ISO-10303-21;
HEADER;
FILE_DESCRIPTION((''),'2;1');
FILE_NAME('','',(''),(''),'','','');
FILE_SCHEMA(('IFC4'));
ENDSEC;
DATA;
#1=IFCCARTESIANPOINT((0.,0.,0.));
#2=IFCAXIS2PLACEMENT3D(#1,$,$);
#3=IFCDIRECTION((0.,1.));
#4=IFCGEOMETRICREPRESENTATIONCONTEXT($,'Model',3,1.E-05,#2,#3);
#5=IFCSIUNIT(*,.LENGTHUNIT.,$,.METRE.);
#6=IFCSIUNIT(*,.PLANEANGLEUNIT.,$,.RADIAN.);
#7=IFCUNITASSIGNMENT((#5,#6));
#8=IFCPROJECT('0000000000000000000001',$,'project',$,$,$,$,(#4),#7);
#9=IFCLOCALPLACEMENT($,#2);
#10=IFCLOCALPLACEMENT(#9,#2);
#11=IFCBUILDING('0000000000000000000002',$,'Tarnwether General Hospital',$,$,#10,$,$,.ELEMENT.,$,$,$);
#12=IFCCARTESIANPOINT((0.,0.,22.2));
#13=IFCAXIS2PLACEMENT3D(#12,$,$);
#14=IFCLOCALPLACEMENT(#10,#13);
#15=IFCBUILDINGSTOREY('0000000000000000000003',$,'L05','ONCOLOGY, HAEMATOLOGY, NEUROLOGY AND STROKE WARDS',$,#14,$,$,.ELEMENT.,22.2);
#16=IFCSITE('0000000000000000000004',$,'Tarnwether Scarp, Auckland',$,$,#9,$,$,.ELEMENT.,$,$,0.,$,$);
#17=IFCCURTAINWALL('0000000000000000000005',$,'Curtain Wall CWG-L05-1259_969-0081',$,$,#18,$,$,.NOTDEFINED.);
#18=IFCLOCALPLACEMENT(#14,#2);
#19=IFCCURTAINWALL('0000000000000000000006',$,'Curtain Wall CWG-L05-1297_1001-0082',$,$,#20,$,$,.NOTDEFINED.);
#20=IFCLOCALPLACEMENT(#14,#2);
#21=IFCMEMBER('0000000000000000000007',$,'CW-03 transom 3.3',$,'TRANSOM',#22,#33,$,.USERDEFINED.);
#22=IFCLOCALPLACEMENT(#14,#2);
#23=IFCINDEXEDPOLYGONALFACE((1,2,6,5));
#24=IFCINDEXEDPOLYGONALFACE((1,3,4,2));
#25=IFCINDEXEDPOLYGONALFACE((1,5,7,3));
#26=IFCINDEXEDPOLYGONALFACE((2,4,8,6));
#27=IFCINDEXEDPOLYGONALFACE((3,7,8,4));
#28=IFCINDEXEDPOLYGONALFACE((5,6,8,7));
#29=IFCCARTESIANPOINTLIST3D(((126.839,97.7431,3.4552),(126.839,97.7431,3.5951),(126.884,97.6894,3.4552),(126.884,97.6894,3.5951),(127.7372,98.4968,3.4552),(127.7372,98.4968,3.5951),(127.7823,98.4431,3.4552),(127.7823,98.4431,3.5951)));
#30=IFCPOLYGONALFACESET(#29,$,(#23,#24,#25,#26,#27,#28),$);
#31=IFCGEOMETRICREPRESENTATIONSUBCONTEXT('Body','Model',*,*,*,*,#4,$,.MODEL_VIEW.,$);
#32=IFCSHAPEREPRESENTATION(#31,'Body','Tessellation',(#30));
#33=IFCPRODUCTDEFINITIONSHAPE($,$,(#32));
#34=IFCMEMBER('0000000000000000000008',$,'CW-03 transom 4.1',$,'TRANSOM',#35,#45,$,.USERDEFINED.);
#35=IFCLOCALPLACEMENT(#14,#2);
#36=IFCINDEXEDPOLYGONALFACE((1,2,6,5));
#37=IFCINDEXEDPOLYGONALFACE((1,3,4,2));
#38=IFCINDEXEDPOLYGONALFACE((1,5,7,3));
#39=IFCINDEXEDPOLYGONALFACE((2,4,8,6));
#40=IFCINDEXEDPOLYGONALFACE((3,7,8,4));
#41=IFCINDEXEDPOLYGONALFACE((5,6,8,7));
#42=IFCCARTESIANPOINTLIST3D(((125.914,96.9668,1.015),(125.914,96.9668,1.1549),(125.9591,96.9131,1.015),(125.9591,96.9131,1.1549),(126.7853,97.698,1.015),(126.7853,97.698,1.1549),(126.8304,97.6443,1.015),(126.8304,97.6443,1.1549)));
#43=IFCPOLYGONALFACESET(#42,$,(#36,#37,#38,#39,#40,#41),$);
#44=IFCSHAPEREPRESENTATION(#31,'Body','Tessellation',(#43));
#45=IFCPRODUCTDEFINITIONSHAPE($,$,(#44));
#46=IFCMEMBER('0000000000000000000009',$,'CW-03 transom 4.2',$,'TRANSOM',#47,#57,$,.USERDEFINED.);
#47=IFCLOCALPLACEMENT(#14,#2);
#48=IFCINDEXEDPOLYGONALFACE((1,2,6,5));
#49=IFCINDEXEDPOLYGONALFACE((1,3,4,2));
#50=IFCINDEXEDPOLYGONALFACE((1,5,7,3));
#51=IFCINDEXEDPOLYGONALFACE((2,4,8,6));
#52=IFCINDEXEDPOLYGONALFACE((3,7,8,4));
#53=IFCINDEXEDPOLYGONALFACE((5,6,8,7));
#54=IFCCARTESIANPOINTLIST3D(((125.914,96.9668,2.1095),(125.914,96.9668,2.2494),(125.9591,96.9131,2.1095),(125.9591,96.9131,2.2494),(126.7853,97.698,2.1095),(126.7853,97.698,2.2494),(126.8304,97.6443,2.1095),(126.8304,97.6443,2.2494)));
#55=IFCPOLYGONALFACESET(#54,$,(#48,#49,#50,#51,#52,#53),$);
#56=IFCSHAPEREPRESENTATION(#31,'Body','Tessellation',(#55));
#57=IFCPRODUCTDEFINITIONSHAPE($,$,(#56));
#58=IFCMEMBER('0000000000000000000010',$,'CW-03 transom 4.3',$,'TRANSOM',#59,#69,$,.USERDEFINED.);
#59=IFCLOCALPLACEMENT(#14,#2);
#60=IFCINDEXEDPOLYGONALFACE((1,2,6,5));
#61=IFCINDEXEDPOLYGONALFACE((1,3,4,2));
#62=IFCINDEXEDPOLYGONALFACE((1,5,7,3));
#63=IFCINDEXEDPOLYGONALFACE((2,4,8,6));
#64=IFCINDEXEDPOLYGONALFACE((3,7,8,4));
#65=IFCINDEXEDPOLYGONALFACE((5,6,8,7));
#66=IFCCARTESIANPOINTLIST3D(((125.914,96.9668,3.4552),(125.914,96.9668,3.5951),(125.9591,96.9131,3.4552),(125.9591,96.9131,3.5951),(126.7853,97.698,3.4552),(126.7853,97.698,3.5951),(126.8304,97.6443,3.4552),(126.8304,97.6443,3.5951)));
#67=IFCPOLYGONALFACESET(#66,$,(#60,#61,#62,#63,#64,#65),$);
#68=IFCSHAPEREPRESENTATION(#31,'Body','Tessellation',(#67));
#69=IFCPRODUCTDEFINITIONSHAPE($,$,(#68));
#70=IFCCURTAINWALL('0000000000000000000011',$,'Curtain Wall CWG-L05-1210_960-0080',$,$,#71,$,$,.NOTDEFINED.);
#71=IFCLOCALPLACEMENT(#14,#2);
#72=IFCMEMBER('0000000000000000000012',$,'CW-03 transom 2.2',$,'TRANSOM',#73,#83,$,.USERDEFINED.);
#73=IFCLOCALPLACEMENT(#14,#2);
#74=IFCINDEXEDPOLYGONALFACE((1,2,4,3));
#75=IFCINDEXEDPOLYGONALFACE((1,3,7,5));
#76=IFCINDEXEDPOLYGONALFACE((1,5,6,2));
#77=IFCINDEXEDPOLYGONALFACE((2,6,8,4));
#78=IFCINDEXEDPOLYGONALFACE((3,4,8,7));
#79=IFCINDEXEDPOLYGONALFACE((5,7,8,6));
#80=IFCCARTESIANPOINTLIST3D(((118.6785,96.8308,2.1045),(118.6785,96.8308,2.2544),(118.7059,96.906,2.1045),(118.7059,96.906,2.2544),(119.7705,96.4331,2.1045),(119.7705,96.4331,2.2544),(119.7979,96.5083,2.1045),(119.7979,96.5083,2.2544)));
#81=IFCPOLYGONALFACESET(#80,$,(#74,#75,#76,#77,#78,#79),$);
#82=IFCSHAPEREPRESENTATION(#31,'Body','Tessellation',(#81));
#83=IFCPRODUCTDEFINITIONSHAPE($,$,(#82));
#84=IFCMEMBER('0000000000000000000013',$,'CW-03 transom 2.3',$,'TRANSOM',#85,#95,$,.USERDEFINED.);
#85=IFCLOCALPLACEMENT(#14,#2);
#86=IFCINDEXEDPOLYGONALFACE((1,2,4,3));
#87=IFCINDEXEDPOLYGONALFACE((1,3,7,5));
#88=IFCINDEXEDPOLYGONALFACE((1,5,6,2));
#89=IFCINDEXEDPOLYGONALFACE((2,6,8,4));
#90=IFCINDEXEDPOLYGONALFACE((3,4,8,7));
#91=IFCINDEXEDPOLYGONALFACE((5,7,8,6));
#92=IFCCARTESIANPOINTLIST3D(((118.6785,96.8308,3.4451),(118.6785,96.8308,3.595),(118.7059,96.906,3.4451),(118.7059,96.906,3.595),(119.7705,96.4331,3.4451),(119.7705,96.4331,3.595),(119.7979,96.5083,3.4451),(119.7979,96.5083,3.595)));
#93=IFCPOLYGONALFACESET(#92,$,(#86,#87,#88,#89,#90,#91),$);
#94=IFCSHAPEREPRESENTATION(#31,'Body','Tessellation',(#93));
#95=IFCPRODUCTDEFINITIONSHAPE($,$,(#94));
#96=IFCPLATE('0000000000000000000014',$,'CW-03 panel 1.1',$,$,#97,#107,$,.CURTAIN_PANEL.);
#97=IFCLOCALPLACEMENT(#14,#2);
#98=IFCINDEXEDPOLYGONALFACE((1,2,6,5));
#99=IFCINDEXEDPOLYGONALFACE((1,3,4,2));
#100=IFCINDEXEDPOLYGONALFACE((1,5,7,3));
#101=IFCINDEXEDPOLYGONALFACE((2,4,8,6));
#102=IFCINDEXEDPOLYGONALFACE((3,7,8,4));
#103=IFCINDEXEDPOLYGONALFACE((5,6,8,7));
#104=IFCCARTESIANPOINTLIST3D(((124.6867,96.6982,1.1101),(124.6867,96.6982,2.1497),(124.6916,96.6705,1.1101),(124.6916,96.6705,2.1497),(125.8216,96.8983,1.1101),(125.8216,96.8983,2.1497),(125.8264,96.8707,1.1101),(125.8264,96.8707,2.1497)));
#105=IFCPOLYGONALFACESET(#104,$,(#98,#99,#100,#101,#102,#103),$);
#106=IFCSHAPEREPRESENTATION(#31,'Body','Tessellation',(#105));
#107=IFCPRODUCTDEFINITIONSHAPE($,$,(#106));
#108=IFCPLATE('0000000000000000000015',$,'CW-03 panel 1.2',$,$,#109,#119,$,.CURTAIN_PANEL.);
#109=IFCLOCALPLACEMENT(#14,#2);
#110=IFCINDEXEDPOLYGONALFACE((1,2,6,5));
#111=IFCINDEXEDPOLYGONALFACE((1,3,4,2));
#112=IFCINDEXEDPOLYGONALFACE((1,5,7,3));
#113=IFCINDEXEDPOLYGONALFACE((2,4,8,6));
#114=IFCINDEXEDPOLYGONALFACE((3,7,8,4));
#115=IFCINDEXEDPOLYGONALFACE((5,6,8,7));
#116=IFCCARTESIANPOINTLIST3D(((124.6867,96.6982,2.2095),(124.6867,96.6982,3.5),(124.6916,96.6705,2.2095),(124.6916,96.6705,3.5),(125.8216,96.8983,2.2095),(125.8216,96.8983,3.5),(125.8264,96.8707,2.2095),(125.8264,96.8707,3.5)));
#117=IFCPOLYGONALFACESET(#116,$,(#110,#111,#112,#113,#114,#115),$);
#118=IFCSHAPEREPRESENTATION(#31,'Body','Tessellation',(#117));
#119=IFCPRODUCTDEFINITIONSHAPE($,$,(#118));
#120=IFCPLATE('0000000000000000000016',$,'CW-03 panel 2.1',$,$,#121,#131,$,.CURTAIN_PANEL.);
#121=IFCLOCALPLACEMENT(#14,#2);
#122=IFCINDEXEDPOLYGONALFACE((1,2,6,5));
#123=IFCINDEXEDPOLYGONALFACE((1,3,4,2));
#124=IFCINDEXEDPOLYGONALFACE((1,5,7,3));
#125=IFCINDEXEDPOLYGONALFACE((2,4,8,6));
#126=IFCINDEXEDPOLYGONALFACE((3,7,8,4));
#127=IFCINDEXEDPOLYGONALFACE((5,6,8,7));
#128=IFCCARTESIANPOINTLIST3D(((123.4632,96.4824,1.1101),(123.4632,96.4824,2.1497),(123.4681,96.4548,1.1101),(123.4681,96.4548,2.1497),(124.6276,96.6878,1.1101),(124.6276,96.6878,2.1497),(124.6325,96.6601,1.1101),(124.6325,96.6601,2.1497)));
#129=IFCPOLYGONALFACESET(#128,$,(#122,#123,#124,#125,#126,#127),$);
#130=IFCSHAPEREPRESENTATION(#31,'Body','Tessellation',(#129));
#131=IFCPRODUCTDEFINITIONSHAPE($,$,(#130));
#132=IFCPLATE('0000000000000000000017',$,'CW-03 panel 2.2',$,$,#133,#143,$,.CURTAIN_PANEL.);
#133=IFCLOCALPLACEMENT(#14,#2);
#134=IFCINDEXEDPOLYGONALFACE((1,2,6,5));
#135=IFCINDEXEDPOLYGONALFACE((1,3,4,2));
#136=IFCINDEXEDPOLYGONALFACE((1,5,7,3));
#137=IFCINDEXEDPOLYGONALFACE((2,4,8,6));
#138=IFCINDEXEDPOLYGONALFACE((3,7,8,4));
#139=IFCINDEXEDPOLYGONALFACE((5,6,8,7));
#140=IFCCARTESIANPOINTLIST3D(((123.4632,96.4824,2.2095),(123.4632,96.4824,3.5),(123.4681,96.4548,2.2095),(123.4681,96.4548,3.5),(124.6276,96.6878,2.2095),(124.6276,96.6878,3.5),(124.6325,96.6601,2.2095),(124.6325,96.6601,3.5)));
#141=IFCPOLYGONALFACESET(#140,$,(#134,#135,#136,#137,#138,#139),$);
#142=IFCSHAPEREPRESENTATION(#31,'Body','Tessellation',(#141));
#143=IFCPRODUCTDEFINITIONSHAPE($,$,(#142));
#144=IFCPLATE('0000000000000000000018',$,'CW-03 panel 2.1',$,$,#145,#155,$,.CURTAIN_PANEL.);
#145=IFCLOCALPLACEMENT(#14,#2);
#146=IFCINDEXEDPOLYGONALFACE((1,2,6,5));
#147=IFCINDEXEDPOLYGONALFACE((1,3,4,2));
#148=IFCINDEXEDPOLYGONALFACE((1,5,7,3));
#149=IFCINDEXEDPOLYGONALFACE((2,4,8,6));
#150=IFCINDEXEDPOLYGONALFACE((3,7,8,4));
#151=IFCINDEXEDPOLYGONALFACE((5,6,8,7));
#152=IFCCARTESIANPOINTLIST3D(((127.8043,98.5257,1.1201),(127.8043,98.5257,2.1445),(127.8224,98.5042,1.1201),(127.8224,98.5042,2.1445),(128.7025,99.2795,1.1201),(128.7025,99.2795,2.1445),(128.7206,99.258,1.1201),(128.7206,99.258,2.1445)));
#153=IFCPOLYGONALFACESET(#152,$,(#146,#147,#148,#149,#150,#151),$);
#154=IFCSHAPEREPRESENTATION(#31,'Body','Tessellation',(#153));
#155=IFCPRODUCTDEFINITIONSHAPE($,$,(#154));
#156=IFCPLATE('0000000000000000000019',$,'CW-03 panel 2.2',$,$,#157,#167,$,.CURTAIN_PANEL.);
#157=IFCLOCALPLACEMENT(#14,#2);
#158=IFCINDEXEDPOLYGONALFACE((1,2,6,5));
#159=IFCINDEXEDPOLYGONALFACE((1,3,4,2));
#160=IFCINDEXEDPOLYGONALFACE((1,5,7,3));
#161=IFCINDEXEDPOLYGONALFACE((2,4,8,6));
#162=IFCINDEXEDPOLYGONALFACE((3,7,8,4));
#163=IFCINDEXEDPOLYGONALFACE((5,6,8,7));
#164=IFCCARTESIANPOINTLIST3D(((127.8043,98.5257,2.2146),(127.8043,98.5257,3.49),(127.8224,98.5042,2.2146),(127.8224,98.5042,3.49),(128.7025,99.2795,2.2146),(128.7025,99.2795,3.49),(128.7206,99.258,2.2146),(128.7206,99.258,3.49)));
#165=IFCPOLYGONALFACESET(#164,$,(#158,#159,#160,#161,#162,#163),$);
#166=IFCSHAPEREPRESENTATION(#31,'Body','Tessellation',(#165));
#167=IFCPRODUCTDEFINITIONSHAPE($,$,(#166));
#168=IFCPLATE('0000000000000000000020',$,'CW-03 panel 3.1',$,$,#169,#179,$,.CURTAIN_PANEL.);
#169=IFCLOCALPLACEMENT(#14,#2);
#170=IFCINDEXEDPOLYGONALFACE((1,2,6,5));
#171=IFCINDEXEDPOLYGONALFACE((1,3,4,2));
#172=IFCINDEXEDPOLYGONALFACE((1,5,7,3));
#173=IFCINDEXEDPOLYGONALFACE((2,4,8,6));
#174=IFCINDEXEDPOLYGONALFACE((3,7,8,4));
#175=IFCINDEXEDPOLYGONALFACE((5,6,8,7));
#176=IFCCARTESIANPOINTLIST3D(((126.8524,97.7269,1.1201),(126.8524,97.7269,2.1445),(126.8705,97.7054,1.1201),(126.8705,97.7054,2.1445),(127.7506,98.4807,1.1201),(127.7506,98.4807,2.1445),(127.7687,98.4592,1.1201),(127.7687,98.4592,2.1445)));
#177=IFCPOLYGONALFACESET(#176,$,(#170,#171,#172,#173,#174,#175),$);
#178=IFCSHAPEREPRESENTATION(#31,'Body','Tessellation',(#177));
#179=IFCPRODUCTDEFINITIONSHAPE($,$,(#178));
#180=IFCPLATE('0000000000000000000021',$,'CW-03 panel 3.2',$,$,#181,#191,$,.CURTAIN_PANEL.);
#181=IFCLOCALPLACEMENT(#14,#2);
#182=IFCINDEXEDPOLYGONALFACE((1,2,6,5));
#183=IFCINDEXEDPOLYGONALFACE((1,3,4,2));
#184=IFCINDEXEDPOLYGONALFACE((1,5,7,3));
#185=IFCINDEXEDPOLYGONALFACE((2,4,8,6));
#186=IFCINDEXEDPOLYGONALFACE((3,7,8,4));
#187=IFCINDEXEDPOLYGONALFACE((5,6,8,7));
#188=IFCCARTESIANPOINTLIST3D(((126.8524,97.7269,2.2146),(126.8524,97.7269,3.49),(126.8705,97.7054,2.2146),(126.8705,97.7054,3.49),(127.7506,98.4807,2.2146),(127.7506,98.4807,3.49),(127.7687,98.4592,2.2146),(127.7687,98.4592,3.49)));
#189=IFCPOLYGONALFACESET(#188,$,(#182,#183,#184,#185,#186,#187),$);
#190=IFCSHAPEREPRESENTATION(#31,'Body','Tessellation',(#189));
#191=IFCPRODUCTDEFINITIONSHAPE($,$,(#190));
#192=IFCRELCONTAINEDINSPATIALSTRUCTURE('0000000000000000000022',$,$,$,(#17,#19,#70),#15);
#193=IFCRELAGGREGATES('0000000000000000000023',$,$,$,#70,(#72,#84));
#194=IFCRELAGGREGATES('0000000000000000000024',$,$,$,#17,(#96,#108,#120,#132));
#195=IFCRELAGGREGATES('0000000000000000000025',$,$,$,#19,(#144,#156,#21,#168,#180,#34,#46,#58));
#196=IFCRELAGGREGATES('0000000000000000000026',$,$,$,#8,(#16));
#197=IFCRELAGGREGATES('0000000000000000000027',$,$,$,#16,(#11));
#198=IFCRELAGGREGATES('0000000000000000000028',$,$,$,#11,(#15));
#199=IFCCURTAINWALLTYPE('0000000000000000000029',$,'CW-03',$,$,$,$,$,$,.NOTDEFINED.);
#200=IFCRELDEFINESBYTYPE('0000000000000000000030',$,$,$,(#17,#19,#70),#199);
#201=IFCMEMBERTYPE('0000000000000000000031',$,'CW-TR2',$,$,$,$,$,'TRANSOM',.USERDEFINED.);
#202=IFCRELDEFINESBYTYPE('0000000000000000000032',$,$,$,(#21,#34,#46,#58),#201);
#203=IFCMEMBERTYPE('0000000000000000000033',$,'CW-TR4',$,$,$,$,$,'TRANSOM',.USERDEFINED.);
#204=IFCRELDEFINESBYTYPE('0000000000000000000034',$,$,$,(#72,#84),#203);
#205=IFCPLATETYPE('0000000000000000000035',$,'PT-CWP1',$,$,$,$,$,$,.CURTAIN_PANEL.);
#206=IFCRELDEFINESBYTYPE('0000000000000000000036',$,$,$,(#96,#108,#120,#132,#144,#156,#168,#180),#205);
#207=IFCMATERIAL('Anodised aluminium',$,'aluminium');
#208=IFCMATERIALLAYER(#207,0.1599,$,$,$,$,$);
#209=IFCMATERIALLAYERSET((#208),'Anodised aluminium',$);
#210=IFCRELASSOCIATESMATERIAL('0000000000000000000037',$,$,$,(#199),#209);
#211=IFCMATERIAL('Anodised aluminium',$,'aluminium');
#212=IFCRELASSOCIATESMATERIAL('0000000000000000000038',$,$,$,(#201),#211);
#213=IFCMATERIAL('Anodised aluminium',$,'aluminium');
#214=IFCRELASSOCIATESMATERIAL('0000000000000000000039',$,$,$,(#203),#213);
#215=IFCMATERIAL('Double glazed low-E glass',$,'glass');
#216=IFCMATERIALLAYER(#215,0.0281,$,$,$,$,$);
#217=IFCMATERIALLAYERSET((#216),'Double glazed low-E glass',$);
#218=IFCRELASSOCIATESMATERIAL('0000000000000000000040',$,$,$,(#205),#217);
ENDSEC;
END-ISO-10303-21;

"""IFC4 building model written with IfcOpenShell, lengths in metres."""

from ifc_helpers import new_model, si_unit, direction, frame, origin, origin_2d, place, context, subcontext, project, spatial, rectangle, extrude, material, layer, layer_set, material_profile, profile_set, type_object, element, aggregate, save


model = new_model("IFC4")

# Units and contexts
model_context = context("Model", 3, precision=1e-05, world=origin(), true_north=direction((0.0, 1.0)))
body_context = subcontext(model_context, "Body", "Model", "MODEL_VIEW")
ifc_project = project(units=[si_unit("LENGTHUNIT", "METRE"), si_unit("PLANEANGLEUNIT", "RADIAN")], contexts=[model_context])

# Site, building, storey
site_placement = place(None, origin())
site = spatial("IfcSite", under=ifc_project, at=site_placement, Name="Tarnwether Scarp, Auckland", CompositionType="ELEMENT", RefElevation=0.0)
building_placement = place(site_placement, origin())
building = spatial("IfcBuilding", under=site, at=building_placement, Name="Tarnwether General Hospital", CompositionType="ELEMENT")
storey_placement = place(building_placement, frame((0.0, 0.0, 22.2)))
storey = spatial("IfcBuildingStorey", under=building, at=storey_placement, Name="L05", Description="ONCOLOGY, HAEMATOLOGY, NEUROLOGY AND STROKE WARDS", CompositionType="ELEMENT", Elevation=22.2)

# Curtain walls
ifc_material_1 = material(Name="Anodised aluminium", Category="aluminium")
ifc_layer_1 = layer(ifc_material_1, 0.1599)
ifc_layer_set_1 = layer_set([ifc_layer_1], Name="Anodised aluminium")
curtain_wall_type = type_object("IfcCurtainWallType", Name="CW-03", PredefinedType="NOTDEFINED", material=ifc_layer_set_1)
curtain_wall_1_placement = place(storey_placement, origin())
curtain_wall_1 = element("IfcCurtainWall", 1, at=curtain_wall_1_placement, inside=storey, type_object=curtain_wall_type, Name="Curtain Wall CWG-L05-1259_969-0081", PredefinedType="NOTDEFINED")
curtain_wall_2_placement = place(storey_placement, origin())
curtain_wall_2 = element("IfcCurtainWall", 2, at=curtain_wall_2_placement, inside=storey, type_object=curtain_wall_type, Name="Curtain Wall CWG-L05-1297_1001-0082", PredefinedType="NOTDEFINED")

# Members
ifc_material_2 = material(Name="Anodised aluminium", Category="aluminium")
ifc_material_profile_1 = material_profile(ifc_material_2, rectangle(XDim=0.0701, YDim=0.1399, at=origin_2d()), Name="ALU-TRN-70x140")
ifc_profile_set_1 = profile_set([ifc_material_profile_1], Name="Anodised aluminium")
member_type_1 = type_object("IfcMemberType", Name="CW-TR2", ElementType="TRANSOM", PredefinedType="USERDEFINED", material=ifc_profile_set_1)
member_1_placement = place(storey_placement, frame((127.7598, 98.47, 3.5251), z_axis=(-0.766049, -0.642782, 0.0), x_axis=(0.642782, -0.766049, 0.0)))
member_1 = element("IfcMember", 3, at=member_1_placement, type_object=member_type_1, Name="CW-03 transom 3.3", ObjectType="TRANSOM", PredefinedType="USERDEFINED", context=body_context, shape_type="SweptSolid", body=[
    extrude(rectangle(XDim=0.0701, YDim=0.1399, at=origin_2d()), origin(), (0.0, 0.0, 1.0), 1.1726),
])
member_2_placement = place(storey_placement, frame((126.8079, 97.6711, 1.085), z_axis=(-0.766018, -0.64282, 0.0), x_axis=(0.64282, -0.766018, 0.0)))
member_2 = element("IfcMember", 4, at=member_2_placement, type_object=member_type_1, Name="CW-03 transom 4.1", ObjectType="TRANSOM", PredefinedType="USERDEFINED", context=body_context, shape_type="SweptSolid", body=[
    extrude(rectangle(XDim=0.0701, YDim=0.1399, at=origin_2d()), origin(), (0.0, 0.0, 1.0), 1.1375),
])
member_3_placement = place(storey_placement, frame((126.8079, 97.6711, 2.1794), z_axis=(-0.766018, -0.64282, 0.0), x_axis=(0.64282, -0.766018, 0.0)))
member_3 = element("IfcMember", 5, at=member_3_placement, type_object=member_type_1, Name="CW-03 transom 4.2", ObjectType="TRANSOM", PredefinedType="USERDEFINED", context=body_context, shape_type="SweptSolid", body=[
    extrude(rectangle(XDim=0.0701, YDim=0.1399, at=origin_2d()), origin(), (0.0, 0.0, 1.0), 1.1375),
])
member_4_placement = place(storey_placement, frame((126.8079, 97.6711, 3.5251), z_axis=(-0.766018, -0.64282, 0.0), x_axis=(0.64282, -0.766018, 0.0)))
member_4 = element("IfcMember", 6, at=member_4_placement, type_object=member_type_1, Name="CW-03 transom 4.3", ObjectType="TRANSOM", PredefinedType="USERDEFINED", context=body_context, shape_type="SweptSolid", body=[
    extrude(rectangle(XDim=0.0701, YDim=0.1399, at=origin_2d()), origin(), (0.0, 0.0, 1.0), 1.1375),
])

# Curtain wall, members
curtain_wall_3_placement = place(storey_placement, origin())
curtain_wall_3 = element("IfcCurtainWall", 7, at=curtain_wall_3_placement, inside=storey, type_object=curtain_wall_type, Name="Curtain Wall CWG-L05-1210_960-0080", PredefinedType="NOTDEFINED")
ifc_material_3 = material(Name="Anodised aluminium", Category="aluminium")
ifc_material_profile_2 = material_profile(ifc_material_3, rectangle(XDim=0.0801, YDim=0.1499, at=origin_2d()), Name="ALU-TRN-80x150")
ifc_profile_set_2 = profile_set([ifc_material_profile_2], Name="Anodised aluminium")
member_type_2 = type_object("IfcMemberType", Name="CW-TR4", ElementType="TRANSOM", PredefinedType="USERDEFINED", material=ifc_profile_set_2)
member_5_placement = place(storey_placement, frame((119.7842, 96.4707, 2.1794), z_axis=(-0.939628, 0.342198, 0.0), x_axis=(-0.342198, -0.939628, 0.0)))
member_5 = element("IfcMember", 8, at=member_5_placement, type_object=member_type_2, Name="CW-03 transom 2.2", ObjectType="TRANSOM", PredefinedType="USERDEFINED", context=body_context, shape_type="SweptSolid", body=[
    extrude(rectangle(XDim=0.0801, YDim=0.1499, at=origin_2d()), origin(), (0.0, 0.0, 1.0), 1.1621),
])
member_6_placement = place(storey_placement, frame((119.7842, 96.4707, 3.52), z_axis=(-0.939628, 0.342198, 0.0), x_axis=(-0.342198, -0.939628, 0.0)))
member_6 = element("IfcMember", 9, at=member_6_placement, type_object=member_type_2, Name="CW-03 transom 2.3", ObjectType="TRANSOM", PredefinedType="USERDEFINED", context=body_context, shape_type="SweptSolid", body=[
    extrude(rectangle(XDim=0.0801, YDim=0.1499, at=origin_2d()), origin(), (0.0, 0.0, 1.0), 1.1621),
])
aggregate(curtain_wall_3, [member_5, member_6])

# Plates
ifc_material_4 = material(Name="Double glazed low-E glass", Category="glass")
ifc_layer_2 = layer(ifc_material_4, 0.0281)
ifc_layer_set_2 = layer_set([ifc_layer_2], Name="Double glazed low-E glass")
plate_type = type_object("IfcPlateType", Name="PT-CWP1", PredefinedType="CURTAIN_PANEL", material=ifc_layer_set_2)
plate_1_placement = place(storey_placement, frame((125.2566, 96.7844, 1.1101), z_axis=(0.0, 0.0, 1.0), x_axis=(-0.984806, -0.173659, 0.0)))
plate_1 = element("IfcPlate", 10, at=plate_1_placement, type_object=plate_type, Name="CW-03 panel 1.1", PredefinedType="CURTAIN_PANEL", context=body_context, shape_type="SweptSolid", body=[
    extrude(rectangle(XDim=1.1523, YDim=0.0281, at=origin_2d()), origin(), (0.0, 0.0, 1.0), 1.0396),
])
plate_2_placement = place(storey_placement, frame((125.2566, 96.7844, 2.2095), z_axis=(0.0, 0.0, 1.0), x_axis=(-0.984806, -0.173659, 0.0)))
plate_2 = element("IfcPlate", 11, at=plate_2_placement, type_object=plate_type, Name="CW-03 panel 1.2", PredefinedType="CURTAIN_PANEL", context=body_context, shape_type="SweptSolid", body=[
    extrude(rectangle(XDim=1.1523, YDim=0.0281, at=origin_2d()), origin(), (0.0, 0.0, 1.0), 1.2905),
])
plate_3_placement = place(storey_placement, frame((124.0479, 96.5713, 1.1101), z_axis=(0.0, 0.0, 1.0), x_axis=(-0.984806, -0.173659, 0.0)))
plate_3 = element("IfcPlate", 12, at=plate_3_placement, type_object=plate_type, Name="CW-03 panel 2.1", PredefinedType="CURTAIN_PANEL", context=body_context, shape_type="SweptSolid", body=[
    extrude(rectangle(XDim=1.1824, YDim=0.0281, at=origin_2d()), origin(), (0.0, 0.0, 1.0), 1.0396),
])
plate_4_placement = place(storey_placement, frame((124.0479, 96.5713, 2.2095), z_axis=(0.0, 0.0, 1.0), x_axis=(-0.984806, -0.173659, 0.0)))
plate_4 = element("IfcPlate", 13, at=plate_4_placement, type_object=plate_type, Name="CW-03 panel 2.2", PredefinedType="CURTAIN_PANEL", context=body_context, shape_type="SweptSolid", body=[
    extrude(rectangle(XDim=1.1824, YDim=0.0281, at=origin_2d()), origin(), (0.0, 0.0, 1.0), 1.2905),
])
aggregate(curtain_wall_1, [plate_1, plate_2, plate_3, plate_4])
plate_5_placement = place(storey_placement, frame((128.2625, 98.8918, 1.1201), z_axis=(0.0, 0.0, 1.0), x_axis=(-0.76599, -0.642852, 0.0)))
plate_5 = element("IfcPlate", 14, at=plate_5_placement, type_object=plate_type, Name="CW-03 panel 2.1", PredefinedType="CURTAIN_PANEL", context=body_context, shape_type="SweptSolid", body=[
    extrude(rectangle(XDim=1.1726, YDim=0.0281, at=origin_2d()), origin(), (0.0, 0.0, 1.0), 1.0244),
])
plate_6_placement = place(storey_placement, frame((128.2625, 98.8918, 2.2146), z_axis=(0.0, 0.0, 1.0), x_axis=(-0.76599, -0.642852, 0.0)))
plate_6 = element("IfcPlate", 15, at=plate_6_placement, type_object=plate_type, Name="CW-03 panel 2.2", PredefinedType="CURTAIN_PANEL", context=body_context, shape_type="SweptSolid", body=[
    extrude(rectangle(XDim=1.1726, YDim=0.0281, at=origin_2d()), origin(), (0.0, 0.0, 1.0), 1.2754),
])
plate_7_placement = place(storey_placement, frame((127.3105, 98.093, 1.1201), z_axis=(0.0, 0.0, 1.0), x_axis=(-0.76599, -0.642852, 0.0)))
plate_7 = element("IfcPlate", 16, at=plate_7_placement, type_object=plate_type, Name="CW-03 panel 3.1", PredefinedType="CURTAIN_PANEL", context=body_context, shape_type="SweptSolid", body=[
    extrude(rectangle(XDim=1.1726, YDim=0.0281, at=origin_2d()), origin(), (0.0, 0.0, 1.0), 1.0244),
])
plate_8_placement = place(storey_placement, frame((127.3105, 98.093, 2.2146), z_axis=(0.0, 0.0, 1.0), x_axis=(-0.76599, -0.642852, 0.0)))
plate_8 = element("IfcPlate", 17, at=plate_8_placement, type_object=plate_type, Name="CW-03 panel 3.2", PredefinedType="CURTAIN_PANEL", context=body_context, shape_type="SweptSolid", body=[
    extrude(rectangle(XDim=1.1726, YDim=0.0281, at=origin_2d()), origin(), (0.0, 0.0, 1.0), 1.2754),
])
aggregate(curtain_wall_2, [plate_5, plate_6, member_1, plate_7, plate_8, member_2, member_3, member_4])

save(model, "model.ifc")
